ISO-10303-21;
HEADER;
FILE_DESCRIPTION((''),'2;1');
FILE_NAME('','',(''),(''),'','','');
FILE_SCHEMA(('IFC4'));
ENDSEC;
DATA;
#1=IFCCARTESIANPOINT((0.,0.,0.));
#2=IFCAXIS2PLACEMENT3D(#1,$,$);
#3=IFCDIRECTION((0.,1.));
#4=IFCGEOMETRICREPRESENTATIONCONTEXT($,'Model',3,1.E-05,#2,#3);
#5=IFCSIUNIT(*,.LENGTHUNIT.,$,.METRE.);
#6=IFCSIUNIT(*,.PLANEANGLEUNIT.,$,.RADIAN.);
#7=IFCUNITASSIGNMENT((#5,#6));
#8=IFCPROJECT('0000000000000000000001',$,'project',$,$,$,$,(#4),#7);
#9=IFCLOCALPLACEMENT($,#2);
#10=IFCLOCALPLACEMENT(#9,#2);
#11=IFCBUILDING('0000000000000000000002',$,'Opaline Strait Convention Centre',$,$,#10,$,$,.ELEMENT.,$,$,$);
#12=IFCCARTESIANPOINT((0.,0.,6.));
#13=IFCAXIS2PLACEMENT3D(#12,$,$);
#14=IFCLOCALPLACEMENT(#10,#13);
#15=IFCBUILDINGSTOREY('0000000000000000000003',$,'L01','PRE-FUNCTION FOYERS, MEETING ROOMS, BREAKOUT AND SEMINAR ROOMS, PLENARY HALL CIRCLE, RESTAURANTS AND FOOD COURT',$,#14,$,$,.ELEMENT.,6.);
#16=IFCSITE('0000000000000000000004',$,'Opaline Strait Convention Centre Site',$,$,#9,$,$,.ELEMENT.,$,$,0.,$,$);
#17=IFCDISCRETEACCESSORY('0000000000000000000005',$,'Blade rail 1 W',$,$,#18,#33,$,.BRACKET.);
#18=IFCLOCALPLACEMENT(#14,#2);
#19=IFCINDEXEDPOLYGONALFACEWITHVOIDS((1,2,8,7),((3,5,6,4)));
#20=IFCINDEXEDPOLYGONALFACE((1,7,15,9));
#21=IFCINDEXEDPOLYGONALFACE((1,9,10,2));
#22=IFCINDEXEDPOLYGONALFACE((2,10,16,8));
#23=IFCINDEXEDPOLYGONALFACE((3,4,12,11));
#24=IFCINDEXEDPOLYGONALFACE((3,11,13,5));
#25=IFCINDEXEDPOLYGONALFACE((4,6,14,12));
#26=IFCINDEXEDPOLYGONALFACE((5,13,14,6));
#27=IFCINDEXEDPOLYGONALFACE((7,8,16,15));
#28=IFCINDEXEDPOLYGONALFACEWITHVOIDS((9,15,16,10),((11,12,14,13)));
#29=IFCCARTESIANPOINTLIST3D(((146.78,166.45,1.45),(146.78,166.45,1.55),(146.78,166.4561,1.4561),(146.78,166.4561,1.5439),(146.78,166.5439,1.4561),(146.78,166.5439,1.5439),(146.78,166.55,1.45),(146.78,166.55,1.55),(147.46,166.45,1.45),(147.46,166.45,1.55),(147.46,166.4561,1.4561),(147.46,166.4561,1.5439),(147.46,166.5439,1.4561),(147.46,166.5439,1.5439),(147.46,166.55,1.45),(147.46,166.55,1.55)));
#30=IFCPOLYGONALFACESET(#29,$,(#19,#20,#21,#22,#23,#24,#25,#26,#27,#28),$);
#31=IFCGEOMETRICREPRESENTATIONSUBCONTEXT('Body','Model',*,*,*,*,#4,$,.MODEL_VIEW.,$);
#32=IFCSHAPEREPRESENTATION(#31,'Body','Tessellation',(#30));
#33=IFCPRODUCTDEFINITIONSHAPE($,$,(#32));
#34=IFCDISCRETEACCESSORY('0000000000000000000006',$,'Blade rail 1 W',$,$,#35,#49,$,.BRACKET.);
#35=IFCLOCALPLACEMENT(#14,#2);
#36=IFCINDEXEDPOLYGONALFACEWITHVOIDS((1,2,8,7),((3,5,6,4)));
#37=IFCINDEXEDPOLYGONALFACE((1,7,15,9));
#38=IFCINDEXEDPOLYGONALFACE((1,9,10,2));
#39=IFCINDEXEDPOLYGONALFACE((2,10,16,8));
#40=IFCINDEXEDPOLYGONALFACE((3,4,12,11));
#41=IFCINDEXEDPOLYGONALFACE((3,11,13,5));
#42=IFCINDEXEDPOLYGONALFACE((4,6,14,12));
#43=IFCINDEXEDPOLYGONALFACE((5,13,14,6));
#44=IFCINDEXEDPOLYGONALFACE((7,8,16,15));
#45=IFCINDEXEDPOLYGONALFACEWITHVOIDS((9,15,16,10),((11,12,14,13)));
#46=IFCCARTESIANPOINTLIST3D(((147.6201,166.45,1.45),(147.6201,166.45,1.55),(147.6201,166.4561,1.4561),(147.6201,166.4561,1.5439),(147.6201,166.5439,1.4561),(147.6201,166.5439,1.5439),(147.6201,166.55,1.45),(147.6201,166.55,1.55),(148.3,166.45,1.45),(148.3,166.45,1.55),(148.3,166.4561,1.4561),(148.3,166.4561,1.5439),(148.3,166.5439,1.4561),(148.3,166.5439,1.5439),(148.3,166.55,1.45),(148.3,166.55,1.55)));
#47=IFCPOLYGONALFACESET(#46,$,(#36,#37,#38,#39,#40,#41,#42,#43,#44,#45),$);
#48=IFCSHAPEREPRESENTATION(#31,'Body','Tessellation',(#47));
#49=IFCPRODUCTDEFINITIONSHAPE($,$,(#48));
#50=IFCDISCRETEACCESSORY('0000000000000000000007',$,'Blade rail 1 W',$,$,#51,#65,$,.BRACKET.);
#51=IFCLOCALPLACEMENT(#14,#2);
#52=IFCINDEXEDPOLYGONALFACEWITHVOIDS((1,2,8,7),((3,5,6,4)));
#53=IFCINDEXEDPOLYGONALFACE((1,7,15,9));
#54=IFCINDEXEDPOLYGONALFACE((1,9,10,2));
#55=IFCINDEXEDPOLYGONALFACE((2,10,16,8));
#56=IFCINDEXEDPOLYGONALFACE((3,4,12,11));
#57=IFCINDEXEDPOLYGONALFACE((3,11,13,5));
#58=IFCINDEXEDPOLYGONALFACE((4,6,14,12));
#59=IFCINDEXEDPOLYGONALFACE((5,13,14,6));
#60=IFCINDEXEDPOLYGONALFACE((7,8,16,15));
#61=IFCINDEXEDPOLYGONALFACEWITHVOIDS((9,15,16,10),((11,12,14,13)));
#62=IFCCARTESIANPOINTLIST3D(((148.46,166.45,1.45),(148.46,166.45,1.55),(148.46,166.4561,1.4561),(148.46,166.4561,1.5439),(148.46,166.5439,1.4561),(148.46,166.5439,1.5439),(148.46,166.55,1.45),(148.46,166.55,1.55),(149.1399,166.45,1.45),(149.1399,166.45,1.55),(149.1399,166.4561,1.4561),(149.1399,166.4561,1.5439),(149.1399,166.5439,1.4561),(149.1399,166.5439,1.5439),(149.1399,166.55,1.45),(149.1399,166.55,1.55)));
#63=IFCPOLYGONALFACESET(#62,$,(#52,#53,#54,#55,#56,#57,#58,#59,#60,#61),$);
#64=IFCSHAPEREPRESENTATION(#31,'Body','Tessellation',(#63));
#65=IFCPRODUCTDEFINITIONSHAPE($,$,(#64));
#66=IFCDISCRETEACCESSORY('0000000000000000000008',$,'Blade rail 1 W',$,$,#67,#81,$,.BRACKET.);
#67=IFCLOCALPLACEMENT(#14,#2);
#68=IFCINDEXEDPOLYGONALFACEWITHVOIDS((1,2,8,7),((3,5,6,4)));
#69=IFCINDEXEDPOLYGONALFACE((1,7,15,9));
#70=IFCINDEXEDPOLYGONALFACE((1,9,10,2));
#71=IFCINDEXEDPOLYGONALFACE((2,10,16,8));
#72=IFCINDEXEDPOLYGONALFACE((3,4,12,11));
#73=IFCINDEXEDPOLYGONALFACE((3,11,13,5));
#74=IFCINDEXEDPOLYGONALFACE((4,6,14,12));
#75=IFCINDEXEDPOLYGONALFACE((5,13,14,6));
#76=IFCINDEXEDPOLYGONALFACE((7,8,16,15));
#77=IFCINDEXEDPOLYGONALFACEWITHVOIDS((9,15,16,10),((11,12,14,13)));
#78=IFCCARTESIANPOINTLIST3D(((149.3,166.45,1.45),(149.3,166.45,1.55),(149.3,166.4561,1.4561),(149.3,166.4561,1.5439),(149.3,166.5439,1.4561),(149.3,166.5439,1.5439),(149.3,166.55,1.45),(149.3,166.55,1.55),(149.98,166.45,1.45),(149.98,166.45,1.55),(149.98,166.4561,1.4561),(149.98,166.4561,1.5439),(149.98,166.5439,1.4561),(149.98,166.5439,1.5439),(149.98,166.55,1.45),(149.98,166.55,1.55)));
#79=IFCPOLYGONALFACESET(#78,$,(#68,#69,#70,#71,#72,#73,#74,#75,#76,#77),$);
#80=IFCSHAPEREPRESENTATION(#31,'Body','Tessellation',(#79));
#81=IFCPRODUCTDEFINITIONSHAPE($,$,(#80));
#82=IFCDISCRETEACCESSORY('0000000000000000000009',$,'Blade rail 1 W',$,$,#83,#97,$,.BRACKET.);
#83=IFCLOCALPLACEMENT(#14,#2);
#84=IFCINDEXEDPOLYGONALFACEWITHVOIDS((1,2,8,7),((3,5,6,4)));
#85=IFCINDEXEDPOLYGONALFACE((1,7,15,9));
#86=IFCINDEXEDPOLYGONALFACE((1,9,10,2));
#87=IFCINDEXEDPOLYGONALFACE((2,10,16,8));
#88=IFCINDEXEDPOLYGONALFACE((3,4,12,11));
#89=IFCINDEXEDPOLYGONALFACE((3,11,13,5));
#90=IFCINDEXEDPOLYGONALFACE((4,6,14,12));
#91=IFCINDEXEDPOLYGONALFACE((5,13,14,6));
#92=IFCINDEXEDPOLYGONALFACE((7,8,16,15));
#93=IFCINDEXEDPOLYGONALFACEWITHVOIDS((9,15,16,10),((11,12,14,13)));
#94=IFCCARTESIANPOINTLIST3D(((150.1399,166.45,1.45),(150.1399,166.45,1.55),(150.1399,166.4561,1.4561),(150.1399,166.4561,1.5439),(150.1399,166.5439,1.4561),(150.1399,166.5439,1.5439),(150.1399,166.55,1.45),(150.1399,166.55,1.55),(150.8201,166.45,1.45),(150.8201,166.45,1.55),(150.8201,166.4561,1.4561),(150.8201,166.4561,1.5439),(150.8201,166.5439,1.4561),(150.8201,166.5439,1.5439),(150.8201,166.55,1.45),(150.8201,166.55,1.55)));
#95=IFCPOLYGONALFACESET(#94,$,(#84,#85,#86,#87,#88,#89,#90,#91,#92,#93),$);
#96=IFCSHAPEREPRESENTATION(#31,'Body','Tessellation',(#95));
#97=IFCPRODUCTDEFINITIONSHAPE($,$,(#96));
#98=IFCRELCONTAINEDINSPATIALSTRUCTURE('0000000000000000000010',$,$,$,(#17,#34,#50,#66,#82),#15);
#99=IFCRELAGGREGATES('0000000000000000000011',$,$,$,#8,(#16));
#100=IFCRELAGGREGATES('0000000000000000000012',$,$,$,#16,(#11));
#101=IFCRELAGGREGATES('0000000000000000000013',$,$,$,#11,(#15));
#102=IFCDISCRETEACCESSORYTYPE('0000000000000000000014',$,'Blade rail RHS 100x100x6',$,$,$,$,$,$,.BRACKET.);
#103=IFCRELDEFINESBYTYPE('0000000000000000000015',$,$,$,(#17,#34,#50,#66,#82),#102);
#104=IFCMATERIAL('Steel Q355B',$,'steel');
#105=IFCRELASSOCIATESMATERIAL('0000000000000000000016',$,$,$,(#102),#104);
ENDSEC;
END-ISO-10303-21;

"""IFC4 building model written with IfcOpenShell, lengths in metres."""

from ifc_helpers import new_model, si_unit, direction, frame, origin, origin_2d, place, context, subcontext, project, spatial, hollow_rectangle, extrude, material, material_profile, profile_set, type_object, element, save


model = new_model("IFC4")

# Units and contexts
model_context = context("Model", 3, precision=1e-05, world=origin(), true_north=direction((0.0, 1.0)))
body_context = subcontext(model_context, "Body", "Model", "MODEL_VIEW")
ifc_project = project(units=[si_unit("LENGTHUNIT", "METRE"), si_unit("PLANEANGLEUNIT", "RADIAN")], contexts=[model_context])

# Site, building, storey
site_placement = place(None, origin())
site = spatial("IfcSite", under=ifc_project, at=site_placement, Name="Opaline Strait Convention Centre Site", CompositionType="ELEMENT", RefElevation=0.0)
building_placement = place(site_placement, origin())
building = spatial("IfcBuilding", under=site, at=building_placement, Name="Opaline Strait Convention Centre", CompositionType="ELEMENT")
storey_placement = place(building_placement, frame((0.0, 0.0, 6.0)))
storey = spatial("IfcBuildingStorey", under=building, at=storey_placement, Name="L01", Description="PRE-FUNCTION FOYERS, MEETING ROOMS, BREAKOUT AND SEMINAR ROOMS, PLENARY HALL CIRCLE, RESTAURANTS AND FOOD COURT", CompositionType="ELEMENT", Elevation=6.0)

# Shared definitions
ifc_material_1 = material(Name="Steel Q355B", Category="steel")

# Discrete accessories
ifc_material_profile_1 = material_profile(ifc_material_1, hollow_rectangle(XDim=0.1001, YDim=0.1001, WallThickness=0.0061, at=origin_2d()), Name="RHS 100x100x6")
ifc_profile_set_1 = profile_set([ifc_material_profile_1], Name="Steel Q355B")
discrete_accessory_type = type_object("IfcDiscreteAccessoryType", Name="Blade rail RHS 100x100x6", PredefinedType="BRACKET", material=ifc_profile_set_1)
for number, where, z_axis, x_axis, name in (
    (1, (146.78, 166.5, 1.5), (1.0, 0.0, 0.0), (0.0, 1.0, 0.0), "Blade rail 1 W"),
    (2, (147.6201, 166.5, 1.5), (1.0, 0.0, 0.0), (0.0, 1.0, 0.0), "Blade rail 1 W"),
    (3, (148.46, 166.5, 1.5), (1.0, 0.0, 0.0), (0.0, 1.0, 0.0), "Blade rail 1 W"),
    (4, (149.3, 166.5, 1.5), (1.0, 0.0, 0.0), (0.0, 1.0, 0.0), "Blade rail 1 W"),
):
    element("IfcDiscreteAccessory", number, at=place(storey_placement, frame(where, z_axis=z_axis, x_axis=x_axis)), inside=storey, type_object=discrete_accessory_type, Name=name, PredefinedType="BRACKET", context=body_context, shape_type="SweptSolid", body=[
        extrude(hollow_rectangle(XDim=0.1001, YDim=0.1001, WallThickness=0.0061, at=origin_2d()), origin(), (0.0, 0.0, 1.0), 0.6799),
    ])
discrete_accessory_1_placement = place(storey_placement, frame((150.1399, 166.5, 1.5), z_axis=(1.0, 0.0, 0.0), x_axis=(0.0, 1.0, 0.0)))
element("IfcDiscreteAccessory", 5, at=discrete_accessory_1_placement, inside=storey, type_object=discrete_accessory_type, Name="Blade rail 1 W", PredefinedType="BRACKET", context=body_context, shape_type="SweptSolid", body=[
    extrude(hollow_rectangle(XDim=0.1001, YDim=0.1001, WallThickness=0.0061, at=origin_2d()), origin(), (0.0, 0.0, 1.0), 0.6802),
])

save(model, "model.ifc")
